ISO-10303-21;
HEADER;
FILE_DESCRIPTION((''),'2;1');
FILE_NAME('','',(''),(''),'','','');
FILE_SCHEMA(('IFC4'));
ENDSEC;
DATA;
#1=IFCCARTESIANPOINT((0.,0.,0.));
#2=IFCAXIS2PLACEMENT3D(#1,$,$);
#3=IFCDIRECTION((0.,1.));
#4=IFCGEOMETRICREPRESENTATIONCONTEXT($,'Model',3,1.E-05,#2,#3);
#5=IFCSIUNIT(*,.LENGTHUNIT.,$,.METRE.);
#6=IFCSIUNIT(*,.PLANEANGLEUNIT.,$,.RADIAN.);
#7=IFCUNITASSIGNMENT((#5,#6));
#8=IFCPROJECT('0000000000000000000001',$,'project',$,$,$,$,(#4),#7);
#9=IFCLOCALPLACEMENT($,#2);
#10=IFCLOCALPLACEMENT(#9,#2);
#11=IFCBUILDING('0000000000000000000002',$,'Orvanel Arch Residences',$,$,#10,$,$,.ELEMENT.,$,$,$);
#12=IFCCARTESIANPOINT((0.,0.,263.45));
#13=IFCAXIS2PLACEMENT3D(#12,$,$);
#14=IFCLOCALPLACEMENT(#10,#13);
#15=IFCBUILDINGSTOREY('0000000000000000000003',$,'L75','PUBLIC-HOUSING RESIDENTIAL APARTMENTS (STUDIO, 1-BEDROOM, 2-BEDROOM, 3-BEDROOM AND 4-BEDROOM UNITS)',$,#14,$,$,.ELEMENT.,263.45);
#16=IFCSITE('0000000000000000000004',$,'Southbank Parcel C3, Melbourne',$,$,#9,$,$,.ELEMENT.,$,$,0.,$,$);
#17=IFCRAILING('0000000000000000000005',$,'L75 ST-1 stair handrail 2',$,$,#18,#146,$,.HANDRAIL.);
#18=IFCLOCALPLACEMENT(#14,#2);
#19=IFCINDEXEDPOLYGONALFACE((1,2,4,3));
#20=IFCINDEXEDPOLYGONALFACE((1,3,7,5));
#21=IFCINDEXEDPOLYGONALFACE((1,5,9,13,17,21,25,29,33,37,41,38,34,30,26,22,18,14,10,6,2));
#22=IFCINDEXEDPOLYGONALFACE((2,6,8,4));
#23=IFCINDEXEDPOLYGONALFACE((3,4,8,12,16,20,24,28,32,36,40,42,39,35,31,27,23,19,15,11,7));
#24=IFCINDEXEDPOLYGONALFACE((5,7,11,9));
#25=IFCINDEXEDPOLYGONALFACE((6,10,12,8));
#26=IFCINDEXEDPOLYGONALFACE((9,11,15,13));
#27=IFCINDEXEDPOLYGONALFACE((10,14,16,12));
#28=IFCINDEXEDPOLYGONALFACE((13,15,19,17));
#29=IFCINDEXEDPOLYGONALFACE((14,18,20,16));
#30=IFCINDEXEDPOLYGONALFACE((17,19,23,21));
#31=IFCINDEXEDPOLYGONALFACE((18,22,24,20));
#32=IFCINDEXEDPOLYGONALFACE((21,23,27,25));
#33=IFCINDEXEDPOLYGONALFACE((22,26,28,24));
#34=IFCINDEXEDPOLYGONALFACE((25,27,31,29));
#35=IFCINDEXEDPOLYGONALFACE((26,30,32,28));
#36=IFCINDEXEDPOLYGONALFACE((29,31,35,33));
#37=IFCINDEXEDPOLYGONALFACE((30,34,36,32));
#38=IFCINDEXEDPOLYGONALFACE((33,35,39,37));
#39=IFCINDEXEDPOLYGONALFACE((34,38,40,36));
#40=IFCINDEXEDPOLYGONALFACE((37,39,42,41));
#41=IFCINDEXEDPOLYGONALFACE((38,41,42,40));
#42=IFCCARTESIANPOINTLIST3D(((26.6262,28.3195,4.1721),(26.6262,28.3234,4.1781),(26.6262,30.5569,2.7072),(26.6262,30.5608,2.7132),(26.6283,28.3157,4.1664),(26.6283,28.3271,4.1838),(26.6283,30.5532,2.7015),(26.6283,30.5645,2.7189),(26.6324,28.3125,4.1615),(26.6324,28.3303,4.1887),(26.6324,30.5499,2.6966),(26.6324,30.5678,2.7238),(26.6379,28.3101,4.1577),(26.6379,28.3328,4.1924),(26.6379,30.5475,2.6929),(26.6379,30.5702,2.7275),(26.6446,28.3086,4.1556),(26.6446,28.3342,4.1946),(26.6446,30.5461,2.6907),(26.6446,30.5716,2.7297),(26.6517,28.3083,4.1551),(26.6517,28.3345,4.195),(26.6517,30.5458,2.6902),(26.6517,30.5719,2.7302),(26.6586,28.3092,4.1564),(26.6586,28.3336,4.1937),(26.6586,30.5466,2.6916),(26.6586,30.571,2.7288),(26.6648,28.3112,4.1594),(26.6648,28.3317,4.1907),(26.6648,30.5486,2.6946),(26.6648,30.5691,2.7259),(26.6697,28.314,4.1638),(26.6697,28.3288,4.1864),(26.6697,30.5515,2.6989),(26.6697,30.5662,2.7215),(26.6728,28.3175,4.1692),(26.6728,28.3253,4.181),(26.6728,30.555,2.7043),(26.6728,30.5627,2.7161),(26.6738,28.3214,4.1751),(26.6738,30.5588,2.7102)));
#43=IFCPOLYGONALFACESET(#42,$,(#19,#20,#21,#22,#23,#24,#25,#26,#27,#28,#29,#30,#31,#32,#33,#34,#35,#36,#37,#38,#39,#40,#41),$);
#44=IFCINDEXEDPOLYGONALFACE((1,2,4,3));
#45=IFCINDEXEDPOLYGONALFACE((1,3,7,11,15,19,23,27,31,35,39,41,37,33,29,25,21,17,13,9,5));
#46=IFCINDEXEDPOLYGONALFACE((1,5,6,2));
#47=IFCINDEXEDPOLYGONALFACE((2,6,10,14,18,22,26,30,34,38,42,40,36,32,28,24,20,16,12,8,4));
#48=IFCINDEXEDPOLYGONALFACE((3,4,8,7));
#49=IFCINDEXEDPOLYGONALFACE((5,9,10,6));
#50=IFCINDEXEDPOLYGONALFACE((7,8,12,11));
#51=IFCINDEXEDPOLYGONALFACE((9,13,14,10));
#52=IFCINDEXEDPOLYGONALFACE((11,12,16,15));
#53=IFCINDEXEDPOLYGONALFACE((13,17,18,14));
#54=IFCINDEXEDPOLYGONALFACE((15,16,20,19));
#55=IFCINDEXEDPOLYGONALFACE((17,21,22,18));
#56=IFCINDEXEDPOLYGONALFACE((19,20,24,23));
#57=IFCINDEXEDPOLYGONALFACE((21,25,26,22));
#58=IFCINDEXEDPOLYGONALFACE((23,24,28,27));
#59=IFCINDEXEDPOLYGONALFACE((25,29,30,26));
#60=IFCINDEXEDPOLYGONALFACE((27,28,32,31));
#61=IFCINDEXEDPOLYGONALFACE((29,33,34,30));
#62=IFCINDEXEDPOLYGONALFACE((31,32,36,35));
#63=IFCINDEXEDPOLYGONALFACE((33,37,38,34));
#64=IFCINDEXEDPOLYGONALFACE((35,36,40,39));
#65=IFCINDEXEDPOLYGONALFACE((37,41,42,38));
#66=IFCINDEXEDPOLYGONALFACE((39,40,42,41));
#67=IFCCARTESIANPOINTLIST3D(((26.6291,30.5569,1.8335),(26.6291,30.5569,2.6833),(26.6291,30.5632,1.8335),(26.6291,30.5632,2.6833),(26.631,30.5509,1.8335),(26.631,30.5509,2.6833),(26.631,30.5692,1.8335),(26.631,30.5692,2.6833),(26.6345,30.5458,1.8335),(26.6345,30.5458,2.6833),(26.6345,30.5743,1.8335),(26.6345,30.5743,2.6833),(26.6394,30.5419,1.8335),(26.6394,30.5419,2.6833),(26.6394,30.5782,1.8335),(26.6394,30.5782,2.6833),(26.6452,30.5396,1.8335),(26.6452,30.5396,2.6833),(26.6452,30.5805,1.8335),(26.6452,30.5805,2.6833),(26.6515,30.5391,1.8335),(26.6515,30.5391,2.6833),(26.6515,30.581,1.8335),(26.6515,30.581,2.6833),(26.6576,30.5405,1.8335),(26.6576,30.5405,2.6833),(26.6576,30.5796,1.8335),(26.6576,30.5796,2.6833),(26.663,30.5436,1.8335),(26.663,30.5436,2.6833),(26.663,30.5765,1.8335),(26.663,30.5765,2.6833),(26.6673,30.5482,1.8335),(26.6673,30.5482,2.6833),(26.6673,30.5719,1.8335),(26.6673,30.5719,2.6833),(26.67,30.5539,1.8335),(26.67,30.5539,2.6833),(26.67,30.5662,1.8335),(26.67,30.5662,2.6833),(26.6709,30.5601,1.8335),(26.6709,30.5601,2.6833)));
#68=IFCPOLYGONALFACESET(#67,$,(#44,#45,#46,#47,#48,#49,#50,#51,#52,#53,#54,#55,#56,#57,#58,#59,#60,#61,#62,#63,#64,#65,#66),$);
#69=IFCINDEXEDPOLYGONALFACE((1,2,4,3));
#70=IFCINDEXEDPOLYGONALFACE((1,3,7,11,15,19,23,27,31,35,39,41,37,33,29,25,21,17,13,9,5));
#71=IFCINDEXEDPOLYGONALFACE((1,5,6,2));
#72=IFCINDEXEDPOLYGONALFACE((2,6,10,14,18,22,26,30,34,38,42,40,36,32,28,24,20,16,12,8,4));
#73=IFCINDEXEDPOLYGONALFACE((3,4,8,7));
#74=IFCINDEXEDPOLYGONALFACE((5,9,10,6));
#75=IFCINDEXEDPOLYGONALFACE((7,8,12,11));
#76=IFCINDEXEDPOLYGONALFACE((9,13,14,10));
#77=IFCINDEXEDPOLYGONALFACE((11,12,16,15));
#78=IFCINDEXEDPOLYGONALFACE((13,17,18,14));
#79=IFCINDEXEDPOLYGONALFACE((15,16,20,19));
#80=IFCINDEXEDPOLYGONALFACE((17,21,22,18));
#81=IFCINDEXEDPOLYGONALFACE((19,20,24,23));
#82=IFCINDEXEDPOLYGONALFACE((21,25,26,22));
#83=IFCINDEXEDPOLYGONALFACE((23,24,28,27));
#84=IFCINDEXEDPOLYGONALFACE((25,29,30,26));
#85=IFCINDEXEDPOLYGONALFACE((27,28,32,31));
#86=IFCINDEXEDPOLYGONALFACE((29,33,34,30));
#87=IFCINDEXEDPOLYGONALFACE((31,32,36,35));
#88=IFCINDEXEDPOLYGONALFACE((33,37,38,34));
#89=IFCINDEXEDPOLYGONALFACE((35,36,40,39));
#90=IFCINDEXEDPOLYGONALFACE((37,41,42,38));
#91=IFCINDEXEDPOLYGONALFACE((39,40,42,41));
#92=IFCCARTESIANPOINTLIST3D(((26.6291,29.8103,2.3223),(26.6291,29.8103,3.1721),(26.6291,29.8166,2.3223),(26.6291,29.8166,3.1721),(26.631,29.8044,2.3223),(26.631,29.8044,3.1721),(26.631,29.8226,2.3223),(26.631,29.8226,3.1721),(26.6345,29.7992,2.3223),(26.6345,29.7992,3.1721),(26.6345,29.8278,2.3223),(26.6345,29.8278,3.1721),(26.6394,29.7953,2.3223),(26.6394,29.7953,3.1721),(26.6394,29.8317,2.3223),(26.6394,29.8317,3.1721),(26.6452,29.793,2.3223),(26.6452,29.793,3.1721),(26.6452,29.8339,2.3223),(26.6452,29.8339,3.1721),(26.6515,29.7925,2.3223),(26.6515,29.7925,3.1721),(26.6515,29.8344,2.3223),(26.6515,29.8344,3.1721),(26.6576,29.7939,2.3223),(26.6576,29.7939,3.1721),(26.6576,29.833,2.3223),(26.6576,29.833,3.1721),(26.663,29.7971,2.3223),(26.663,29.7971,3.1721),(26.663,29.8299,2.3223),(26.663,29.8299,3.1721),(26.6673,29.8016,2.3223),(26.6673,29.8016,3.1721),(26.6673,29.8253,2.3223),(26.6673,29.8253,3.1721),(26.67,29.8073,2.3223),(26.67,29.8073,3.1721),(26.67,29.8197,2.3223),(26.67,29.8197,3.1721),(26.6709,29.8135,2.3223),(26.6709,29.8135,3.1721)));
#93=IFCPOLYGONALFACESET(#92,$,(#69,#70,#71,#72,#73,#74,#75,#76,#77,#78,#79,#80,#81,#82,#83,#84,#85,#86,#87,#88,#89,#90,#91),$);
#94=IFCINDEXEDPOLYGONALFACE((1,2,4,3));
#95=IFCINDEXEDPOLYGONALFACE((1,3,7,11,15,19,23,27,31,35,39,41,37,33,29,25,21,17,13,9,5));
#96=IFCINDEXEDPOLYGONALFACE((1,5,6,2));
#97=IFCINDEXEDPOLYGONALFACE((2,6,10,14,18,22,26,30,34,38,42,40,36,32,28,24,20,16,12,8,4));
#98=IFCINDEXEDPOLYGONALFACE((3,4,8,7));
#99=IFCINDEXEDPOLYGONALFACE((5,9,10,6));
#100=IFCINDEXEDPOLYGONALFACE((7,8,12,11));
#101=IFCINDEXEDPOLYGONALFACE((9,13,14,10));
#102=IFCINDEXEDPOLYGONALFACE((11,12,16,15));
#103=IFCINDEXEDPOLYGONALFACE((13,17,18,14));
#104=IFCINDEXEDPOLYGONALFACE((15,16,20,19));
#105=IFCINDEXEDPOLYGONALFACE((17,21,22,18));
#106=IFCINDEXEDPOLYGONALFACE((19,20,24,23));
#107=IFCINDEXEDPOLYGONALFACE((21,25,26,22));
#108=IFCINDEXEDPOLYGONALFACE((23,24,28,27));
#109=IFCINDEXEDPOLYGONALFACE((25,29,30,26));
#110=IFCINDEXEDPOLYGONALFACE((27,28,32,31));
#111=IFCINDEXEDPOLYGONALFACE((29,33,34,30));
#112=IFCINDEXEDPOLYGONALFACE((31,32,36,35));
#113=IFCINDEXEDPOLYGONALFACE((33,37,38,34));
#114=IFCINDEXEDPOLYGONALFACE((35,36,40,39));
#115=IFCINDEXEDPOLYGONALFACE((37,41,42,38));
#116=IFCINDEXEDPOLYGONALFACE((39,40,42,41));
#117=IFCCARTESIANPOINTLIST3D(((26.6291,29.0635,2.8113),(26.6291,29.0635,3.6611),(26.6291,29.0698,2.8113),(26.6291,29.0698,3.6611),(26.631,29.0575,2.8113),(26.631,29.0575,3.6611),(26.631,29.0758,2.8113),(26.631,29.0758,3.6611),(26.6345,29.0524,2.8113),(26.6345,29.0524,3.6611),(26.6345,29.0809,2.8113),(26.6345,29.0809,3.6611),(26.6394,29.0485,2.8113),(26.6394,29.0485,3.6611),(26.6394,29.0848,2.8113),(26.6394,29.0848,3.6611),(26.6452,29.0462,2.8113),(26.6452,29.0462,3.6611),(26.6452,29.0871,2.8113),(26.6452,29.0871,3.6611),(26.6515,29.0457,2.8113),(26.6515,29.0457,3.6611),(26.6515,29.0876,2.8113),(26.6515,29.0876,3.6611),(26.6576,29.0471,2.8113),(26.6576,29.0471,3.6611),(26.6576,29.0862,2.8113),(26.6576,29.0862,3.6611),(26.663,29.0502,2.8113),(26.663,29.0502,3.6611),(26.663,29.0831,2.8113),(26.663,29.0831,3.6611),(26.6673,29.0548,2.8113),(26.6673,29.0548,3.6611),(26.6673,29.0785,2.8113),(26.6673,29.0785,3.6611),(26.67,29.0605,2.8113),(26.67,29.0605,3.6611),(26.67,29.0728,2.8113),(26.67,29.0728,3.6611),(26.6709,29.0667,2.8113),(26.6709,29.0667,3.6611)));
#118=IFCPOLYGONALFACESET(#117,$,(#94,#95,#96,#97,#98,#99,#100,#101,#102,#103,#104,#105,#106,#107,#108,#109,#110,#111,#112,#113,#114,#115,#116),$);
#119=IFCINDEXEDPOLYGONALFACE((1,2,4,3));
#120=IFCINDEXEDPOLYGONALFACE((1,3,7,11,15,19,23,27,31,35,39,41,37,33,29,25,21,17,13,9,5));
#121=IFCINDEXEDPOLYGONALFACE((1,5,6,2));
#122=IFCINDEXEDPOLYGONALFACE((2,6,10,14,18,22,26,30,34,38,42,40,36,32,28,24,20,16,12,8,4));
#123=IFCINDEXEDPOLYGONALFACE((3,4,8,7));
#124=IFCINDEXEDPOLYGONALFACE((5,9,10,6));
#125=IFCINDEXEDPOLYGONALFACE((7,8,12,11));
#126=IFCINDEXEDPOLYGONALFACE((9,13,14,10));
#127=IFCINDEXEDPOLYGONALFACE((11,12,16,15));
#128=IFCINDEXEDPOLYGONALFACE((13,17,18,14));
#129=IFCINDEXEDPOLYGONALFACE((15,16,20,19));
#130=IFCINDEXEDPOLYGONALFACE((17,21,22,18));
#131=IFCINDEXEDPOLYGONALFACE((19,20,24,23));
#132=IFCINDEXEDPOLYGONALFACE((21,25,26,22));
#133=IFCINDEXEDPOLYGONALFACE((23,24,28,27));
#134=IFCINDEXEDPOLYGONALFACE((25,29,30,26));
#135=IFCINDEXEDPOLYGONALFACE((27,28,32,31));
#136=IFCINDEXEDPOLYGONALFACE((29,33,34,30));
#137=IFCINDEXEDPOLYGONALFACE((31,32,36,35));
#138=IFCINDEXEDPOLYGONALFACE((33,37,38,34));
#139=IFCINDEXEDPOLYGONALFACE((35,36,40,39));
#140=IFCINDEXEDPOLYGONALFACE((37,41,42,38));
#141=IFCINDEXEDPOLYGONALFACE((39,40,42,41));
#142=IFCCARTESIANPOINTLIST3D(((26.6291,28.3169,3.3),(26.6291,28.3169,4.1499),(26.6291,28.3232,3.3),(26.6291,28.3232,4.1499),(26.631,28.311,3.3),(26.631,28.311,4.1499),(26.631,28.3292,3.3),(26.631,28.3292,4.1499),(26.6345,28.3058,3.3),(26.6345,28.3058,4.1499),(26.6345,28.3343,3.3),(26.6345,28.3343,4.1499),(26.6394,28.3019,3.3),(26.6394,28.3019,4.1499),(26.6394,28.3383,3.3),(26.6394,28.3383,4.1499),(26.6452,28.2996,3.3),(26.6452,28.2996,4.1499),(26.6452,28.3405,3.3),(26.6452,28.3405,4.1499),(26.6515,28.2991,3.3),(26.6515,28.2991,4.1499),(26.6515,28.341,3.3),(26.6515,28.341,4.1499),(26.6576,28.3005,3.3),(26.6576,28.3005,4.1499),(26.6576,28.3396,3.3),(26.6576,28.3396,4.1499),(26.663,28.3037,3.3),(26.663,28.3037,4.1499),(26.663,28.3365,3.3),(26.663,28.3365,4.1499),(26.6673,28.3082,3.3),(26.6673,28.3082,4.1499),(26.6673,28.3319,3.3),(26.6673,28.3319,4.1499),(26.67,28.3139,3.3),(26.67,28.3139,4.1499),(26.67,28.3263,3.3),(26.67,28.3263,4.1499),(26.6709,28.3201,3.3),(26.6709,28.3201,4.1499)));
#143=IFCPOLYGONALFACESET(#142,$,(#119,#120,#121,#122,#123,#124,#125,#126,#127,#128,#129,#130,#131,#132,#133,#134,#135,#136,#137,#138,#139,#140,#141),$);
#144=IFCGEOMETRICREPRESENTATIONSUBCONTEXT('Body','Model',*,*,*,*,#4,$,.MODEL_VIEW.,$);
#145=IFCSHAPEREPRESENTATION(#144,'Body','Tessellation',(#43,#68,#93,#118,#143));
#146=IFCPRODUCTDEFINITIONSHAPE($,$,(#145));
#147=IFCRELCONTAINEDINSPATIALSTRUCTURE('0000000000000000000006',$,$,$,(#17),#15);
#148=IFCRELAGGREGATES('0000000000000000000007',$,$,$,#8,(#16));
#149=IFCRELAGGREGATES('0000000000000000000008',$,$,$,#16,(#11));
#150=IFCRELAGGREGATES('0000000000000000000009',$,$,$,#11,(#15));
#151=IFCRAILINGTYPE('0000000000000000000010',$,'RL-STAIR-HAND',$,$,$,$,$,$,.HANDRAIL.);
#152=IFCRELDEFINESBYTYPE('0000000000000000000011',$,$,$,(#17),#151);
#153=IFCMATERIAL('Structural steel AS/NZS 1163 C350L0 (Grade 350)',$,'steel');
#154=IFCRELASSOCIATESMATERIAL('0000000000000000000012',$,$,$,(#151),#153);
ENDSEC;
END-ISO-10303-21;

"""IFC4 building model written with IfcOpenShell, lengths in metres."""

from ifc_helpers import new_model, si_unit, direction, frame, origin, origin_2d, place, context, subcontext, project, spatial, circle, extrude, material, type_object, element, save


model = new_model("IFC4")

# Units and contexts
model_context = context("Model", 3, precision=1e-05, world=origin(), true_north=direction((0.0, 1.0)))
body_context = subcontext(model_context, "Body", "Model", "MODEL_VIEW")
ifc_project = project(units=[si_unit("LENGTHUNIT", "METRE"), si_unit("PLANEANGLEUNIT", "RADIAN")], contexts=[model_context])

# Site, building, storey
site_placement = place(None, origin())
site = spatial("IfcSite", under=ifc_project, at=site_placement, Name="Southbank Parcel C3, Melbourne", CompositionType="ELEMENT", RefElevation=0.0)
building_placement = place(site_placement, origin())
building = spatial("IfcBuilding", under=site, at=building_placement, Name="Orvanel Arch Residences", CompositionType="ELEMENT")
storey_placement = place(building_placement, frame((0.0, 0.0, 263.45)))
storey = spatial("IfcBuildingStorey", under=building, at=storey_placement, Name="L75", Description="PUBLIC-HOUSING RESIDENTIAL APARTMENTS (STUDIO, 1-BEDROOM, 2-BEDROOM, 3-BEDROOM AND 4-BEDROOM UNITS)", CompositionType="ELEMENT", Elevation=263.45)

# Railing
ifc_material_1 = material(Name="Structural steel AS/NZS 1163 C350L0 (Grade 350)", Category="steel")
railing_type_1 = type_object("IfcRailingType", Name="RL-STAIR-HAND", PredefinedType="HANDRAIL", material=ifc_material_1)
railing_1_placement = place(storey_placement, frame((26.6499, 30.5601, 1.8335)))
element("IfcRailing", 1, at=railing_1_placement, inside=storey, type_object=railing_type_1, Name="L75 ST-1 stair handrail 2", PredefinedType="HANDRAIL", context=body_context, shape_type="SweptSolid", body=[
    extrude(circle(Radius=0.0239, at=origin_2d()), frame((0.0, -0.0012, 0.8767), z_axis=(0.0, -0.836637, 0.547758), x_axis=(1.0, 0.0, 0.0)), (0.0, 0.0, 1.0), 2.6743),
    extrude(circle(Radius=0.021, at=origin_2d()), origin(), (0.0, 0.0, 1.0), 0.8499),
    extrude(circle(Radius=0.021, at=origin_2d()), frame((0.0, -0.7466, 0.4888)), (0.0, 0.0, 1.0), 0.8499),
    extrude(circle(Radius=0.021, at=origin_2d()), frame((0.0, -1.4934, 0.9778)), (0.0, 0.0, 1.0), 0.8499),
    extrude(circle(Radius=0.021, at=origin_2d()), frame((0.0, -2.24, 1.4666)), (0.0, 0.0, 1.0), 0.8499),
])

save(model, "model.ifc")
